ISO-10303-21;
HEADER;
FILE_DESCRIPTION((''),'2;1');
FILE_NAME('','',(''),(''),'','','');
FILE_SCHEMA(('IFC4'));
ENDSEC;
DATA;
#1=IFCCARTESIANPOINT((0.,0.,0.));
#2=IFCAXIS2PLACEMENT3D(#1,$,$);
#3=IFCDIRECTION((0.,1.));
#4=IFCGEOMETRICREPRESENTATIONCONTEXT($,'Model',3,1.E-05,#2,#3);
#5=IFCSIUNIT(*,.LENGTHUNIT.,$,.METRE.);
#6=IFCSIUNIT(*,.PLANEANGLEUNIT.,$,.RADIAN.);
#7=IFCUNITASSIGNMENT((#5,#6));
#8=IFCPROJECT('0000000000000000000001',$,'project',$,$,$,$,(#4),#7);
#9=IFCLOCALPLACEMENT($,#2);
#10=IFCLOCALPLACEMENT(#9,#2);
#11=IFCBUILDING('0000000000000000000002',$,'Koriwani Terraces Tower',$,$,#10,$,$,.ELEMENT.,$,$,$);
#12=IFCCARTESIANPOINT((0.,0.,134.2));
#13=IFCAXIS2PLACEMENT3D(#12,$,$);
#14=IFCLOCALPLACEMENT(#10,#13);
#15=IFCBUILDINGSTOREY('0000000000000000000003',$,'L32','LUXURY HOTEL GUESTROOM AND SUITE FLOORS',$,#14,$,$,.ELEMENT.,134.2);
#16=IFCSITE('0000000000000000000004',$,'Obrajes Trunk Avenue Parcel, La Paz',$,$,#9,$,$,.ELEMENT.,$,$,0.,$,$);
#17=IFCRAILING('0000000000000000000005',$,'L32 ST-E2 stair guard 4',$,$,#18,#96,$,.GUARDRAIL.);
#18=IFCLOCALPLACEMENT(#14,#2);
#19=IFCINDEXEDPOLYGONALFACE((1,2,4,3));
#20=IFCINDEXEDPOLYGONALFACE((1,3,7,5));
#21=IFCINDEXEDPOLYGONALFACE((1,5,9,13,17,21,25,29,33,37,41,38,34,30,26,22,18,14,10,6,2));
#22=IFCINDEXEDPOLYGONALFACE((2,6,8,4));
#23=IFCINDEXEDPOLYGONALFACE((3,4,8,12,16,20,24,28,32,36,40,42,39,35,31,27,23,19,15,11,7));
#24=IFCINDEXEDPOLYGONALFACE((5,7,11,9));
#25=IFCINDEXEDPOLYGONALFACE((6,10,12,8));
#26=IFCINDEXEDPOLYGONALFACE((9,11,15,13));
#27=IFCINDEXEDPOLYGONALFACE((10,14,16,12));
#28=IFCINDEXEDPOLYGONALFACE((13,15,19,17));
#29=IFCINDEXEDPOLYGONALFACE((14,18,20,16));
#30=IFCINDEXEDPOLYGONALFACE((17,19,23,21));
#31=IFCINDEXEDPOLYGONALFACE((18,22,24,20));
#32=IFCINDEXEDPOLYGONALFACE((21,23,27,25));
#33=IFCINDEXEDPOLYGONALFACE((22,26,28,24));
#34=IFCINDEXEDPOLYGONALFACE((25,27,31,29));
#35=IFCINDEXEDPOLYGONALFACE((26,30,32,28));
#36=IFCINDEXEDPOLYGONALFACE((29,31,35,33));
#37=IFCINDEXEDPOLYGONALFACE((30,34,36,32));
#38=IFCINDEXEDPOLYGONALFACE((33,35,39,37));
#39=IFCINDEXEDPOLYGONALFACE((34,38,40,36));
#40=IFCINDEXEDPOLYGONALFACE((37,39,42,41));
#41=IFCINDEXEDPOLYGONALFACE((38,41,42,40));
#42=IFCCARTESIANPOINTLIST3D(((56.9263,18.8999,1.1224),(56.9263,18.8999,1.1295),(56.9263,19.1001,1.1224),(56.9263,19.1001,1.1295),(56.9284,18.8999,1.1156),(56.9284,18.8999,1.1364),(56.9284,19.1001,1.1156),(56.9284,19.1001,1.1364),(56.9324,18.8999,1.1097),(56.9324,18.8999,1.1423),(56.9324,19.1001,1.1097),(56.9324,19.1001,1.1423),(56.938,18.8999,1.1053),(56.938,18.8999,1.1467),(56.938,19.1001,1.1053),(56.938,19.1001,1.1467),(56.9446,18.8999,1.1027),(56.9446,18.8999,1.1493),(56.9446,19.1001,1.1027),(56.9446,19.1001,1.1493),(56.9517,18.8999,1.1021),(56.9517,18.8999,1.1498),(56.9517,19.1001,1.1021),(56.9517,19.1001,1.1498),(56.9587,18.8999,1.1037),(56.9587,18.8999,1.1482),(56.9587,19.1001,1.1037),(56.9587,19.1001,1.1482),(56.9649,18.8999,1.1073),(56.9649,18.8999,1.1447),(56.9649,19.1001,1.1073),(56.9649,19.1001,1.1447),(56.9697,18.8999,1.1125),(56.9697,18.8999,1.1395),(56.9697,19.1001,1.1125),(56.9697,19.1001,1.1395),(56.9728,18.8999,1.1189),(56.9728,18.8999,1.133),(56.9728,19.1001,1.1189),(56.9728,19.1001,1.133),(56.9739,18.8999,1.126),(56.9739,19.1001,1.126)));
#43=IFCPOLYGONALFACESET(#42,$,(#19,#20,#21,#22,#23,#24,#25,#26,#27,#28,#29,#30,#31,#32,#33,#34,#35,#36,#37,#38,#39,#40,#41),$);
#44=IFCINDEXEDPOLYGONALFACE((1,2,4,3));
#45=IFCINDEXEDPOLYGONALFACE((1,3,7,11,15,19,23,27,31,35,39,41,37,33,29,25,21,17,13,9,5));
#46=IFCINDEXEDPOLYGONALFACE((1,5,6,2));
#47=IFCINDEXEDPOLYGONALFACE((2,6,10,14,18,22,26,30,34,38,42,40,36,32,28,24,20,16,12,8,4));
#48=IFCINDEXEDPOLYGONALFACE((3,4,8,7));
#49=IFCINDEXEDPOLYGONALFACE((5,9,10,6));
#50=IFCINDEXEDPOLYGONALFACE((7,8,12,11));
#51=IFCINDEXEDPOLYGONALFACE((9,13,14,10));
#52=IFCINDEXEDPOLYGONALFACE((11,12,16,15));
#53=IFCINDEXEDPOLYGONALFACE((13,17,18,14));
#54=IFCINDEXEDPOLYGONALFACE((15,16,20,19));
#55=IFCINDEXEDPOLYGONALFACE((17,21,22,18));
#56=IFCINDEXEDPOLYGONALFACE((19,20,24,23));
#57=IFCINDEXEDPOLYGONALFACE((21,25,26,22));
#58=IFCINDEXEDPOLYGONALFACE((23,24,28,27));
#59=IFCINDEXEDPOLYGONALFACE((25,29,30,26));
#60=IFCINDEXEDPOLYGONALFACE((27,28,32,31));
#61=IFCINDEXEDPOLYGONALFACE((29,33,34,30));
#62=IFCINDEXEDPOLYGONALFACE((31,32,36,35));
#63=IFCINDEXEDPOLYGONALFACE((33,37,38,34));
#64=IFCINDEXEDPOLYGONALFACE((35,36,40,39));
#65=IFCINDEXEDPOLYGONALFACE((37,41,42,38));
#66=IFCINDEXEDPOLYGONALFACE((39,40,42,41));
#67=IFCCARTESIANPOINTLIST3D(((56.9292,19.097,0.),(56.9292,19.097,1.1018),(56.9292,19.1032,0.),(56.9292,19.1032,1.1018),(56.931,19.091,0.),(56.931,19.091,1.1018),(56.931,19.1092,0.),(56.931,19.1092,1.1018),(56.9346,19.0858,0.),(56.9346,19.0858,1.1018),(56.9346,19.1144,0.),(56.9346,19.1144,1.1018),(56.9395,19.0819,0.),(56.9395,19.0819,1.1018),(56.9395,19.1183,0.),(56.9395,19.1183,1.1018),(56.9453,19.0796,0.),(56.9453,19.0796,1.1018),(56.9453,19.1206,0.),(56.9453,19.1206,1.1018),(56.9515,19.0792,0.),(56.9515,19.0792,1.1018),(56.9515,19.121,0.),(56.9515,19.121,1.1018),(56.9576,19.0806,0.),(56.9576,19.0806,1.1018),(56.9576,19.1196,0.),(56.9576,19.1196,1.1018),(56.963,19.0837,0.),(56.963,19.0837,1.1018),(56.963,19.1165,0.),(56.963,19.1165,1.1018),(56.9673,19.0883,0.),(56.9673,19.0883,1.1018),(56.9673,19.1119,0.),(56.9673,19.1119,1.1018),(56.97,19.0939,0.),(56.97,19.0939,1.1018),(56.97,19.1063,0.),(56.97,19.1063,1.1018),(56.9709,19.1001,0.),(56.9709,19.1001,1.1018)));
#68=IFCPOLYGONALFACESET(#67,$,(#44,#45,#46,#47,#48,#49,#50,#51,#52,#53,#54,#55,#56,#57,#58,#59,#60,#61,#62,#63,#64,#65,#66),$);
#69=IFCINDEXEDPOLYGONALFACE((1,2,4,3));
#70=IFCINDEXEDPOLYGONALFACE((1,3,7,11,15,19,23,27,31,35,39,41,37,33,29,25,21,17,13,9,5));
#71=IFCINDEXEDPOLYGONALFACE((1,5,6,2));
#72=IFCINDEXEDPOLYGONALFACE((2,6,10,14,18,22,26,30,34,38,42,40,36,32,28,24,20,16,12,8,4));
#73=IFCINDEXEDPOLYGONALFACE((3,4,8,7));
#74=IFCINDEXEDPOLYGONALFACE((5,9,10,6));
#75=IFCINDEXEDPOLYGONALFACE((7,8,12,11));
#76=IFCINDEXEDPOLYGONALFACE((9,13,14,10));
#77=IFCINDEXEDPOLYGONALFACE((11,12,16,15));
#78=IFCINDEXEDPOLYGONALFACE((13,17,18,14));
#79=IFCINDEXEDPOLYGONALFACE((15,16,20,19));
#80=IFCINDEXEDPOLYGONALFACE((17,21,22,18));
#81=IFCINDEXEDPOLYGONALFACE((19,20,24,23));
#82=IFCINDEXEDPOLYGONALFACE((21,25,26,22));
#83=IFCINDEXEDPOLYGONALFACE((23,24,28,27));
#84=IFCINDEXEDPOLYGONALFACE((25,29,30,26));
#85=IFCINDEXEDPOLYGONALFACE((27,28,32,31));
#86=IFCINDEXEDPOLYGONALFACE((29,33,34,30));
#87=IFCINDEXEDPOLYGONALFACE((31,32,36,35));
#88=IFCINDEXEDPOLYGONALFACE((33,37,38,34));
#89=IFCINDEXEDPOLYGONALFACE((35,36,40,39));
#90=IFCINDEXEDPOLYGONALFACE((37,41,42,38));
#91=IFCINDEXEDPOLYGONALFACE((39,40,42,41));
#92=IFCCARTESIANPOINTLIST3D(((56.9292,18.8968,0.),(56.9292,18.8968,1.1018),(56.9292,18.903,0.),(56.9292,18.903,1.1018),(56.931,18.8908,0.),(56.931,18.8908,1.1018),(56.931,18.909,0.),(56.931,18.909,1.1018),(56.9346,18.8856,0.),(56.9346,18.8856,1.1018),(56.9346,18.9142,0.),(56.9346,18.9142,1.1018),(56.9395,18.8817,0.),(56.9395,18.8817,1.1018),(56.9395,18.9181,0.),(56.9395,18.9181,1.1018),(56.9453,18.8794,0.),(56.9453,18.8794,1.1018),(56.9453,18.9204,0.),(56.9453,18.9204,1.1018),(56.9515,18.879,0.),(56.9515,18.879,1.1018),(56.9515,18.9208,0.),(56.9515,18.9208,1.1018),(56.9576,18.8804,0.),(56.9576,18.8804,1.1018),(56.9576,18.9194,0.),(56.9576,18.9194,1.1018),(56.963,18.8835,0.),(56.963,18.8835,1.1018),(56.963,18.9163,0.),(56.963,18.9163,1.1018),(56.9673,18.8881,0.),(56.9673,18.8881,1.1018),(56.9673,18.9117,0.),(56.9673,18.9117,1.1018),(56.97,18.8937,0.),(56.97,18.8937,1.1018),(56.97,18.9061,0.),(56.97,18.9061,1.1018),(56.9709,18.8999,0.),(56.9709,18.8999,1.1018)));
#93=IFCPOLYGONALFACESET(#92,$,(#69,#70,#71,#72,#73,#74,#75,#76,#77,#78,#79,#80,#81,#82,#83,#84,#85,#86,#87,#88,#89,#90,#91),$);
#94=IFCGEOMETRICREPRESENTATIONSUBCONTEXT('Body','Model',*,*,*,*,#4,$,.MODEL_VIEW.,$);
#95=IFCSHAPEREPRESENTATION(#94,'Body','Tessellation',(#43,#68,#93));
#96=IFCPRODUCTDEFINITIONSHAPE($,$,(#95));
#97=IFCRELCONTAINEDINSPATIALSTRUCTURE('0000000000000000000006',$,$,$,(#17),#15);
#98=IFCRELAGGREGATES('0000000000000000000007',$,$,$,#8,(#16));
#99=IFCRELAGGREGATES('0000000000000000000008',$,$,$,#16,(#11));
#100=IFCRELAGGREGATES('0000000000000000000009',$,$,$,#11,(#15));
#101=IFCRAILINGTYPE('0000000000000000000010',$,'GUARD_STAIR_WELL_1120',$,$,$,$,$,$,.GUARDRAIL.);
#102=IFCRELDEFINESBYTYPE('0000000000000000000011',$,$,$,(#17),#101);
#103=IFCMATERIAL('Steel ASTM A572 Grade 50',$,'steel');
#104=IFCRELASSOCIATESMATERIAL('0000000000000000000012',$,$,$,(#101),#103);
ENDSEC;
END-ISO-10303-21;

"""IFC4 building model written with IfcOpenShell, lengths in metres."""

from ifc_helpers import new_model, si_unit, direction, frame, origin, origin_2d, place, context, subcontext, project, spatial, circle, extrude, material, type_object, element, save


model = new_model("IFC4")

# Units and contexts
model_context = context("Model", 3, precision=1e-05, world=origin(), true_north=direction((0.0, 1.0)))
body_context = subcontext(model_context, "Body", "Model", "MODEL_VIEW")
ifc_project = project(units=[si_unit("LENGTHUNIT", "METRE"), si_unit("PLANEANGLEUNIT", "RADIAN")], contexts=[model_context])

# Site, building, storey
site_placement = place(None, origin())
site = spatial("IfcSite", under=ifc_project, at=site_placement, Name="Obrajes Trunk Avenue Parcel, La Paz", CompositionType="ELEMENT", RefElevation=0.0)
building_placement = place(site_placement, origin())
building = spatial("IfcBuilding", under=site, at=building_placement, Name="Koriwani Terraces Tower", CompositionType="ELEMENT")
storey_placement = place(building_placement, frame((0.0, 0.0, 134.2)))
storey = spatial("IfcBuildingStorey", under=building, at=storey_placement, Name="L32", Description="LUXURY HOTEL GUESTROOM AND SUITE FLOORS", CompositionType="ELEMENT", Elevation=134.2)

# Shared definitions
ifc_material_1 = material(Name="Steel ASTM A572 Grade 50", Category="steel")

# Railing
railing_type_1 = type_object("IfcRailingType", Name="GUARD_STAIR_WELL_1120", PredefinedType="GUARDRAIL", material=ifc_material_1)
railing_1_placement = place(storey_placement, frame((56.95, 19.1001, 0.0)))
element("IfcRailing", 1, at=railing_1_placement, inside=storey, type_object=railing_type_1, Name="L32 ST-E2 stair guard 4", PredefinedType="GUARDRAIL", context=body_context, shape_type="SweptSolid", body=[
    extrude(circle(Radius=0.0239, at=origin_2d()), frame((0.0, 0.0, 1.126), z_axis=(0.0, -1.0, 0.0), x_axis=(1.0, 0.0, 0.0)), (0.0, 0.0, 1.0), 0.2002),
    extrude(circle(Radius=0.021, at=origin_2d()), origin(), (0.0, 0.0, 1.0), 1.1018),
    extrude(circle(Radius=0.021, at=origin_2d()), frame((0.0, -0.2002, 0.0)), (0.0, 0.0, 1.0), 1.1018),
])

save(model, "model.ifc")
